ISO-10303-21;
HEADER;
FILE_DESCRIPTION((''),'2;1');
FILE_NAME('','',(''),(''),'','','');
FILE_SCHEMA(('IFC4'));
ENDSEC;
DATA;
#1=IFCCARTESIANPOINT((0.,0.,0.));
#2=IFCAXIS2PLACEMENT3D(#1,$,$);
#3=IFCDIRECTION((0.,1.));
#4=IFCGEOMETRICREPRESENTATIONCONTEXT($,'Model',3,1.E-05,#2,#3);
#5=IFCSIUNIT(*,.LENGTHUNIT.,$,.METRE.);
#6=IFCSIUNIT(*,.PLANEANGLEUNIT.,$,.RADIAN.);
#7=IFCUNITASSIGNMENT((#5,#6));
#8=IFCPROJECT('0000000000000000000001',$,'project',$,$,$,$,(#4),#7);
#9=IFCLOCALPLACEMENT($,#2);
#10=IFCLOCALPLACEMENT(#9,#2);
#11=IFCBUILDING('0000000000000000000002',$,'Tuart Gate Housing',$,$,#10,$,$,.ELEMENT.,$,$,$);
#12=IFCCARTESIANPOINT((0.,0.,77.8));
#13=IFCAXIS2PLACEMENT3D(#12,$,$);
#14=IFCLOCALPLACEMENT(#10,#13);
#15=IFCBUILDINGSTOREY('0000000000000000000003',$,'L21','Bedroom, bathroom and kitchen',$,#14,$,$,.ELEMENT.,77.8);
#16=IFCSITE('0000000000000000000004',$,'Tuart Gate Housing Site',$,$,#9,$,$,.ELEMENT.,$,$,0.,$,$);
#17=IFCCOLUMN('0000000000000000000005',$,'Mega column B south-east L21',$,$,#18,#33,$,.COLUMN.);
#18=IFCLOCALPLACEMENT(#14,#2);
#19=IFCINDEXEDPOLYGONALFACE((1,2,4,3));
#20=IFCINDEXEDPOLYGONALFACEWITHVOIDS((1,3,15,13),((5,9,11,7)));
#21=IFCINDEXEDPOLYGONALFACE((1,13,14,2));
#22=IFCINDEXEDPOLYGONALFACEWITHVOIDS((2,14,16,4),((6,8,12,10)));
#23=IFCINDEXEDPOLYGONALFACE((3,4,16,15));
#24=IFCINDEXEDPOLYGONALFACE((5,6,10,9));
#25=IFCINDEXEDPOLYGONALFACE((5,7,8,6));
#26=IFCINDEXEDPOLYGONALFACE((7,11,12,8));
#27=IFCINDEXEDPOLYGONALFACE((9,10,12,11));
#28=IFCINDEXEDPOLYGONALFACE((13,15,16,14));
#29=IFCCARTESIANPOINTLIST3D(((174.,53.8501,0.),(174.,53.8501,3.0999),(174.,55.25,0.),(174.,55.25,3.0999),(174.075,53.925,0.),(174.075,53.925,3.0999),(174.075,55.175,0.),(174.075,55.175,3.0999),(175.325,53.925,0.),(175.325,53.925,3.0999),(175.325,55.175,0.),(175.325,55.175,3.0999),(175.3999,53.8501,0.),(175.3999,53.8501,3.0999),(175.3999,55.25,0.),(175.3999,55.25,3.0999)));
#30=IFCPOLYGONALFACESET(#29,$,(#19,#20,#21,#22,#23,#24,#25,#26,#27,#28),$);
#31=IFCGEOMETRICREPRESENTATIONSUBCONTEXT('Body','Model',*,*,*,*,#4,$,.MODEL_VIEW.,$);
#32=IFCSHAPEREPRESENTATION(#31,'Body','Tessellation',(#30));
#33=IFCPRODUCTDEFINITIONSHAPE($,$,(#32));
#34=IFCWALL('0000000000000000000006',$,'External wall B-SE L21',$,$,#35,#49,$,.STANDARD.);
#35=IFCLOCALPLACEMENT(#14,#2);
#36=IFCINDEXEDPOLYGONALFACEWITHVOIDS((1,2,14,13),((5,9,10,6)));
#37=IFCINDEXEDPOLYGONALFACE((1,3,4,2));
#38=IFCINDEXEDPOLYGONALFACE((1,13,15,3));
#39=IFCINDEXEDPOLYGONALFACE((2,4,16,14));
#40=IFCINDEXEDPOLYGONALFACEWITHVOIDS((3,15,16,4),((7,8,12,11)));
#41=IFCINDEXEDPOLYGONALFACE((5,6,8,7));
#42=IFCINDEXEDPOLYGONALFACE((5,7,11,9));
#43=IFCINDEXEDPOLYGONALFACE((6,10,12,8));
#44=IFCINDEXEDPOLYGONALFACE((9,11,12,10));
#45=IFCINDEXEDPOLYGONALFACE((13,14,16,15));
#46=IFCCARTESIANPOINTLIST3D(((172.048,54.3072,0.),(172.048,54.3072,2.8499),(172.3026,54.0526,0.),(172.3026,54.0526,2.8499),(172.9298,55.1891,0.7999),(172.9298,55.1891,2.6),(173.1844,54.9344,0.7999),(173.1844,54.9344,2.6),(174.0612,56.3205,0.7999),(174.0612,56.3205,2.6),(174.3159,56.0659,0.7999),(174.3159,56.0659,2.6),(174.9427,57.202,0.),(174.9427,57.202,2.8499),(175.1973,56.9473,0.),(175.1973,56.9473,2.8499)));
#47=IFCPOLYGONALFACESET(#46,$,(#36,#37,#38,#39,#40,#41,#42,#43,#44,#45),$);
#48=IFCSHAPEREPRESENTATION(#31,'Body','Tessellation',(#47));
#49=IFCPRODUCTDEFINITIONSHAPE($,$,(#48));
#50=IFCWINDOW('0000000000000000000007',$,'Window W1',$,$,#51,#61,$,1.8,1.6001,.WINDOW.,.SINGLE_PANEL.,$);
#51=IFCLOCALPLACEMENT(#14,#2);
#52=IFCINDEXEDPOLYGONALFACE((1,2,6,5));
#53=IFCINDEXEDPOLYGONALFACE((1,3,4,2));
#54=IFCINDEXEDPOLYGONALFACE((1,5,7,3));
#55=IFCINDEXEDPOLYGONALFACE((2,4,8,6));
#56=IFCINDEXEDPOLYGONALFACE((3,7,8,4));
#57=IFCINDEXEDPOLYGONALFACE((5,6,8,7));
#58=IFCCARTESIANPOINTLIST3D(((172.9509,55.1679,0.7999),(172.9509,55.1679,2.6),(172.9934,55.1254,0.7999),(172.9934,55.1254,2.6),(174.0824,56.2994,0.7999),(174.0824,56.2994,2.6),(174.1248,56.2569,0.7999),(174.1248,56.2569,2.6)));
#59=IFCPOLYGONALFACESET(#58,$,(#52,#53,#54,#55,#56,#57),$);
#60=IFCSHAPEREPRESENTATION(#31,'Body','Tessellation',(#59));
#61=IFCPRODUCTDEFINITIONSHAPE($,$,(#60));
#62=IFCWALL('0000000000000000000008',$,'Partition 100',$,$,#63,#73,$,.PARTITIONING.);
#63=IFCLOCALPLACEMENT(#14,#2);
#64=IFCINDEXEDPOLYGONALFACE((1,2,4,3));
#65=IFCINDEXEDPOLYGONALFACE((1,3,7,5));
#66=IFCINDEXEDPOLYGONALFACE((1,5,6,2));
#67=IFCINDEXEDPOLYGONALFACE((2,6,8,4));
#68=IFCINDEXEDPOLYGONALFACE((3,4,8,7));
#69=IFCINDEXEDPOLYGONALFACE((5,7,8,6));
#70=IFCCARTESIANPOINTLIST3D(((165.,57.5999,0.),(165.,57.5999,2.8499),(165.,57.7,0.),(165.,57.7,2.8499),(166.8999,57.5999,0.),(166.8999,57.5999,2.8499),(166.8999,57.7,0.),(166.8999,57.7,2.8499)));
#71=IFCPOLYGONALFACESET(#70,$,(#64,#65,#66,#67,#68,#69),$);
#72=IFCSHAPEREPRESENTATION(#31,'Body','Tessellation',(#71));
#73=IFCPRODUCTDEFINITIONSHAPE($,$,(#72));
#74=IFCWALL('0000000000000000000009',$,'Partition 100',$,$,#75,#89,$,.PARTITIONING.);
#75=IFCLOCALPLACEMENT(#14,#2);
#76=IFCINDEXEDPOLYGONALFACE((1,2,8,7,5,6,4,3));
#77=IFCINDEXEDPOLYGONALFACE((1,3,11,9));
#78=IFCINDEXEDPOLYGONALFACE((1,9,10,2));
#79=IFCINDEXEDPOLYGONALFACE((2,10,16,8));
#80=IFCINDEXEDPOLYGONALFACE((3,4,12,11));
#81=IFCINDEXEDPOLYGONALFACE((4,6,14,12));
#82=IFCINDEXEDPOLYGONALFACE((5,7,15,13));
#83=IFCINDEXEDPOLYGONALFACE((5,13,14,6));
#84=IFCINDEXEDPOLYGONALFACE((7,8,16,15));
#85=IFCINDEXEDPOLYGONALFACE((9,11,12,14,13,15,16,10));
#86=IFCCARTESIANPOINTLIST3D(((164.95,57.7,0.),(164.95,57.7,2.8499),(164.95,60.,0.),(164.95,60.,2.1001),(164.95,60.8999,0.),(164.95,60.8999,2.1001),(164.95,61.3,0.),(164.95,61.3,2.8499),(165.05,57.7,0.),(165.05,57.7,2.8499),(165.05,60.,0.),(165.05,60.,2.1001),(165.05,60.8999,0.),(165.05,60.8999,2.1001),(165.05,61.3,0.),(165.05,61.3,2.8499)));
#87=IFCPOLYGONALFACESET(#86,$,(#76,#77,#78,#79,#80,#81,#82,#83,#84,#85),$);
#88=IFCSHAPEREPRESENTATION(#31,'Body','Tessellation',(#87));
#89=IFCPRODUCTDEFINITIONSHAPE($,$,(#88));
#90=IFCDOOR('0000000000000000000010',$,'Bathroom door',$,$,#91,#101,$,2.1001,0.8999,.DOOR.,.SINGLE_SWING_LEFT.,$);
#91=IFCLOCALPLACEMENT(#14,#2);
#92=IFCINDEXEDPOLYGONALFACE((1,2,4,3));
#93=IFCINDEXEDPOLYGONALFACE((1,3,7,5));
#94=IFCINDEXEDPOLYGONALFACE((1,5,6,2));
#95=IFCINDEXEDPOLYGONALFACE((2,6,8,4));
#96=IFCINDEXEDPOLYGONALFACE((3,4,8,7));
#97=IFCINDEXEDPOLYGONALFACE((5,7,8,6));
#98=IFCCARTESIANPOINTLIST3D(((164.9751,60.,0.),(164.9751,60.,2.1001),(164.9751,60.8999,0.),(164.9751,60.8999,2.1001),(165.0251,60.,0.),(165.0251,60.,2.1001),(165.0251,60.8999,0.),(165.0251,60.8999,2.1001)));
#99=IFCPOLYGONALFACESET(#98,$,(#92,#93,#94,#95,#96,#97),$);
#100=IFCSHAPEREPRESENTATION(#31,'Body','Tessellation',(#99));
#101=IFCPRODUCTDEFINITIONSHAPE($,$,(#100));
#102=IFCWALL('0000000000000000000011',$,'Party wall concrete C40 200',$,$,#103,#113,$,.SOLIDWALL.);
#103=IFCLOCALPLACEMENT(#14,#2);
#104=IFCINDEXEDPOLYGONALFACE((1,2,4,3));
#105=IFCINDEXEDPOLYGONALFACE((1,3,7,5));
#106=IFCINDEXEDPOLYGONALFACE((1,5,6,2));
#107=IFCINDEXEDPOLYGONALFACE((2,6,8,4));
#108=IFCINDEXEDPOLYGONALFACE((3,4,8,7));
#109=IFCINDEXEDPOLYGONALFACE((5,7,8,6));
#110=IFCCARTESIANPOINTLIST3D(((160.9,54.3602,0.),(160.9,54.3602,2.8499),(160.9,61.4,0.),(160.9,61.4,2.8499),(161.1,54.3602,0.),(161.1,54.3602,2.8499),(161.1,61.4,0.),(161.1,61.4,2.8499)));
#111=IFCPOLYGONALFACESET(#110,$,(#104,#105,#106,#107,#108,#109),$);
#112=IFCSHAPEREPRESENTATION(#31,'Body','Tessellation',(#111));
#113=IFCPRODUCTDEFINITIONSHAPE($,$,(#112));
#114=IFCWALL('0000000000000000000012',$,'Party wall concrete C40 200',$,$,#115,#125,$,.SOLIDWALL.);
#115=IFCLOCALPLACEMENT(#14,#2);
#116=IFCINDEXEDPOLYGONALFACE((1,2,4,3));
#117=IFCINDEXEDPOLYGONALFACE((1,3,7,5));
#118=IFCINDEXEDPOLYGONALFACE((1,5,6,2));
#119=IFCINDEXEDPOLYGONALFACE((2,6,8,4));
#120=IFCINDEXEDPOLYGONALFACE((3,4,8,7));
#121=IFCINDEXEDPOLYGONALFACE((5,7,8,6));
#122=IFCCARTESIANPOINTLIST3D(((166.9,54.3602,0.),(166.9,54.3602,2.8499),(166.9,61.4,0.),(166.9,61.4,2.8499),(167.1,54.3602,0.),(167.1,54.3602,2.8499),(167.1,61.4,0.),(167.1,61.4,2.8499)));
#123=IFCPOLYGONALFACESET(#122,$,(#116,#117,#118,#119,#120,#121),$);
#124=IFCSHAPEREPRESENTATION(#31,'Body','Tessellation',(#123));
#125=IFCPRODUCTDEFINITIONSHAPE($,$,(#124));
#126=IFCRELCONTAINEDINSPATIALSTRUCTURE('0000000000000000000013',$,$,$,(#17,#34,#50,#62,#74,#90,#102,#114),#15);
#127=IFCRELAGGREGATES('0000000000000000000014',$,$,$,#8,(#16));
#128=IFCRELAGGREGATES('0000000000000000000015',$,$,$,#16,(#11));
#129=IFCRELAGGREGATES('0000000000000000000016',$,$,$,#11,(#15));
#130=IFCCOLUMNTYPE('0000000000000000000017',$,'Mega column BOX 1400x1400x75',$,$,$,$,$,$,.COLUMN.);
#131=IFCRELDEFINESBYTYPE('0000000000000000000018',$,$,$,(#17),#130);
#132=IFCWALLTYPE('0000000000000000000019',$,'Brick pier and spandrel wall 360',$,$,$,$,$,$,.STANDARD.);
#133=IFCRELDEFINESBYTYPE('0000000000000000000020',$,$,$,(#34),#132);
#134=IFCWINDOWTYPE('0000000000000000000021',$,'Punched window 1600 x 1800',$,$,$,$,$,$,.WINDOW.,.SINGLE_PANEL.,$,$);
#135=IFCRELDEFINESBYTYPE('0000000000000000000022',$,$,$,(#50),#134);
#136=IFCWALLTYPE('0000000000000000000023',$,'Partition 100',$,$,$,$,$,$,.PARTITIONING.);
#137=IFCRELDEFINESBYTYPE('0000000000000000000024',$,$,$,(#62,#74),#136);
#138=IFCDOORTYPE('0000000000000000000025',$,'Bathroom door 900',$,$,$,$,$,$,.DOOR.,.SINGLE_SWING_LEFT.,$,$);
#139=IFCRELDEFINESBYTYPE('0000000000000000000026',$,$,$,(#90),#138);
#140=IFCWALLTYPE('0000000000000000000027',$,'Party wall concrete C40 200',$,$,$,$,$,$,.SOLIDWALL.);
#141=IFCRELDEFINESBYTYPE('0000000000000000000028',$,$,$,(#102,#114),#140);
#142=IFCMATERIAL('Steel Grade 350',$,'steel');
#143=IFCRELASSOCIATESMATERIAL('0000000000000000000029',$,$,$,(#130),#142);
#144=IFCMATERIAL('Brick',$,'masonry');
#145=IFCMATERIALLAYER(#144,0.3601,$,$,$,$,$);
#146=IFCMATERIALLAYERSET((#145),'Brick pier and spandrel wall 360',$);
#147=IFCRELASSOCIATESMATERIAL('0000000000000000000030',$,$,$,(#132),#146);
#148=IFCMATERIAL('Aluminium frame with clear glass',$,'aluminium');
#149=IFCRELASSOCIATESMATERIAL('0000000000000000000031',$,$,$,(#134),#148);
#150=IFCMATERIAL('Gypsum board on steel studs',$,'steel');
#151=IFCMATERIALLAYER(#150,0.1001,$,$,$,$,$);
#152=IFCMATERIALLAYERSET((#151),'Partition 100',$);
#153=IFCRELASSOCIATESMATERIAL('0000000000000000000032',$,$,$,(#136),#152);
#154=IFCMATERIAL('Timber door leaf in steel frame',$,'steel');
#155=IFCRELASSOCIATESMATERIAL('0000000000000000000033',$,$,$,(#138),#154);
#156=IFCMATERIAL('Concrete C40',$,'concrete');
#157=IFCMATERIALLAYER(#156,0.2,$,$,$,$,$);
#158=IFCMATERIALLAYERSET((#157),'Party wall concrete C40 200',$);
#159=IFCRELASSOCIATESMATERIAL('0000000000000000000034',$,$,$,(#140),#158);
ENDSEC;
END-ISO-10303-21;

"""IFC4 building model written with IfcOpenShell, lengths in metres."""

from ifc_helpers import new_model, si_unit, direction, frame, frame_2d, origin, origin_2d, place, context, subcontext, project, spatial, rectangle, hollow_rectangle, extrude, material, layer, layer_set, material_profile, profile_set, type_object, element, fill, save


model = new_model("IFC4")

# Units and contexts
model_context = context("Model", 3, precision=1e-05, world=origin(), true_north=direction((0.0, 1.0)))
body_context = subcontext(model_context, "Body", "Model", "MODEL_VIEW")
ifc_project = project(units=[si_unit("LENGTHUNIT", "METRE"), si_unit("PLANEANGLEUNIT", "RADIAN")], contexts=[model_context])

# Site, building, storey
site_placement = place(None, origin())
site = spatial("IfcSite", under=ifc_project, at=site_placement, Name="Tuart Gate Housing Site", CompositionType="ELEMENT", RefElevation=0.0)
building_placement = place(site_placement, origin())
building = spatial("IfcBuilding", under=site, at=building_placement, Name="Tuart Gate Housing", CompositionType="ELEMENT")
storey_placement = place(building_placement, frame((0.0, 0.0, 77.8)))
storey = spatial("IfcBuildingStorey", under=building, at=storey_placement, Name="L21", Description="Bedroom, bathroom and kitchen", CompositionType="ELEMENT", Elevation=77.8)

# Column
ifc_material_1 = material(Name="Steel Grade 350", Category="steel")
ifc_material_profile = material_profile(ifc_material_1, hollow_rectangle(XDim=1.3999, YDim=1.3999, WallThickness=0.075, at=origin_2d()), Name="BOX 1400x1400x75")
ifc_profile_set = profile_set([ifc_material_profile], Name="Steel Grade 350")
column_type = type_object("IfcColumnType", Name="Mega column BOX 1400x1400x75", PredefinedType="COLUMN", material=ifc_profile_set)
column_placement = place(storey_placement, frame((174.7, 54.55, 0.0), z_axis=(0.0, 0.0, 1.0), x_axis=(1.0, 0.0, 0.0)))
element("IfcColumn", 1, at=column_placement, inside=storey, type_object=column_type, Name="Mega column B south-east L21", PredefinedType="COLUMN", context=body_context, shape_type="SweptSolid", body=[
    extrude(hollow_rectangle(XDim=1.3999, YDim=1.3999, WallThickness=0.075, at=origin_2d()), origin(), (0.0, 0.0, 1.0), 3.0999),
])

# Wall, opening, window
ifc_material_2 = material(Name="Brick", Category="masonry")
ifc_layer_1 = layer(ifc_material_2, 0.3601)
ifc_layer_set_1 = layer_set([ifc_layer_1], Name="Brick pier and spandrel wall 360")
wall_type_1 = type_object("IfcWallType", Name="Brick pier and spandrel wall 360", PredefinedType="STANDARD", material=ifc_layer_set_1)
wall_1_placement = place(storey_placement, frame((172.1753, 54.1799, 0.0), z_axis=(0.0, 0.0, 1.0), x_axis=(0.707107, 0.707107, 0.0)))
wall_1 = element("IfcWall", 2, at=wall_1_placement, inside=storey, type_object=wall_type_1, Name="External wall B-SE L21", PredefinedType="STANDARD", context=body_context, shape_type="SweptSolid", body=[
    extrude(rectangle(XDim=4.0938, YDim=0.3601, at=frame_2d((2.0469, 0.0))), origin(), (0.0, 0.0, 1.0), 2.8499),
])
opening_1_placement = place(wall_1_placement, frame((1.2471, 0.0, 0.8)))
opening_1 = element("IfcOpeningElement", 3, at=opening_1_placement, cuts=wall_1, PredefinedType="OPENING", context=body_context, shape_type="SweptSolid", body=[
    extrude(rectangle(XDim=1.6001, YDim=1.8, at=frame_2d((0.8, 0.8999))), frame((0.0, 0.1899, 0.0), z_axis=(0.0, -1.0, 0.0), x_axis=(1.0, 0.0, 0.0)), (0.0, 0.0, 1.0), 0.3801),
])
ifc_material_3 = material(Name="Aluminium frame with clear glass", Category="aluminium")
window_type_1 = type_object("IfcWindowType", Name="Punched window 1600 x 1800", PartitioningType="SINGLE_PANEL", PredefinedType="WINDOW", material=ifc_material_3)
window_1_placement = place(opening_1_placement, origin())
window_1 = element("IfcWindow", 4, at=window_1_placement, inside=storey, type_object=window_type_1, Name="Window W1", OverallHeight=1.8, OverallWidth=1.6001, PartitioningType="SINGLE_PANEL", PredefinedType="WINDOW", context=body_context, shape_type="SweptSolid", body=[
    extrude(rectangle(XDim=1.6001, YDim=1.8, at=frame_2d((0.8, 0.8999))), frame((0.0, 0.1501, 0.0), z_axis=(0.0, -1.0, 0.0), x_axis=(1.0, 0.0, 0.0)), (0.0, 0.0, 1.0), 0.0601),
])
fill(opening_1, window_1)

# Wall
ifc_material_4 = material(Name="Gypsum board on steel studs", Category="steel")
ifc_layer_2 = layer(ifc_material_4, 0.1001)
ifc_layer_set_2 = layer_set([ifc_layer_2], Name="Partition 100")
wall_type_2 = type_object("IfcWallType", Name="Partition 100", PredefinedType="PARTITIONING", material=ifc_layer_set_2)
wall_2_placement = place(storey_placement, frame((165.0, 57.6499, 0.0), z_axis=(0.0, 0.0, 1.0), x_axis=(1.0, 0.0, 0.0)))
element("IfcWall", 5, at=wall_2_placement, inside=storey, type_object=wall_type_2, Name="Partition 100", PredefinedType="PARTITIONING", context=body_context, shape_type="SweptSolid", body=[
    extrude(rectangle(XDim=1.8999, YDim=0.1001, at=frame_2d((0.95, 0.0))), origin(), (0.0, 0.0, 1.0), 2.8499),
])

# Wall, opening, door
wall_3_placement = place(storey_placement, frame((165.0, 57.7, 0.0), z_axis=(0.0, 0.0, 1.0), x_axis=(0.0, 1.0, 0.0)))
wall_3 = element("IfcWall", 6, at=wall_3_placement, inside=storey, type_object=wall_type_2, Name="Partition 100", PredefinedType="PARTITIONING", context=body_context, shape_type="SweptSolid", body=[
    extrude(rectangle(XDim=3.6001, YDim=0.1001, at=frame_2d((1.8, 0.0))), origin(), (0.0, 0.0, 1.0), 2.8499),
])
opening_2_placement = place(wall_3_placement, frame((2.3, 0.0, 0.0)))
opening_2 = element("IfcOpeningElement", 7, at=opening_2_placement, cuts=wall_3, PredefinedType="OPENING", context=body_context, shape_type="SweptSolid", body=[
    extrude(rectangle(XDim=0.8999, YDim=2.1001, at=frame_2d((0.45, 1.05))), frame((0.0, 0.0601, 0.0), z_axis=(0.0, -1.0, 0.0), x_axis=(1.0, 0.0, 0.0)), (0.0, 0.0, 1.0), 0.1201),
])
ifc_material_5 = material(Name="Timber door leaf in steel frame", Category="steel")
door_type = type_object("IfcDoorType", Name="Bathroom door 900", OperationType="SINGLE_SWING_LEFT", PredefinedType="DOOR", material=ifc_material_5)
door_placement = place(opening_2_placement, frame((0.8999, 0.0, 0.0), z_axis=(0.0, 0.0, 1.0), x_axis=(-1.0, 0.0, 0.0)))
door = element("IfcDoor", 8, at=door_placement, inside=storey, type_object=door_type, Name="Bathroom door", OperationType="SINGLE_SWING_LEFT", OverallHeight=2.1001, OverallWidth=0.8999, PredefinedType="DOOR", context=body_context, shape_type="SweptSolid", body=[
    extrude(rectangle(XDim=0.8999, YDim=2.1001, at=frame_2d((0.45, 1.05))), frame((0.0, 0.0251, 0.0), z_axis=(0.0, -1.0, 0.0), x_axis=(1.0, 0.0, 0.0)), (0.0, 0.0, 1.0), 0.05),
])
fill(opening_2, door)

# Walls
ifc_material_6 = material(Name="Concrete C40", Category="concrete")
ifc_layer_3 = layer(ifc_material_6, 0.2)
ifc_layer_set_3 = layer_set([ifc_layer_3], Name="Party wall concrete C40 200")
wall_type_3 = type_object("IfcWallType", Name="Party wall concrete C40 200", PredefinedType="SOLIDWALL", material=ifc_layer_set_3)
for number, where, z_axis, x_axis, name in (
    (9, (161.0, 54.3601, 0.0), (0.0, 0.0, 1.0), (0.0, 1.0, 0.0), "Party wall concrete C40 200"),
    (10, (167.0, 54.3601, 0.0), (0.0, 0.0, 1.0), (0.0, 1.0, 0.0), "Party wall concrete C40 200"),
):
    element("IfcWall", number, at=place(storey_placement, frame(where, z_axis=z_axis, x_axis=x_axis)), inside=storey, type_object=wall_type_3, Name=name, PredefinedType="SOLIDWALL", context=body_context, shape_type="SweptSolid", body=[
        extrude(rectangle(XDim=7.0398, YDim=0.2, at=frame_2d((3.52, 0.0))), origin(), (0.0, 0.0, 1.0), 2.8499),
    ])

save(model, "model.ifc")
